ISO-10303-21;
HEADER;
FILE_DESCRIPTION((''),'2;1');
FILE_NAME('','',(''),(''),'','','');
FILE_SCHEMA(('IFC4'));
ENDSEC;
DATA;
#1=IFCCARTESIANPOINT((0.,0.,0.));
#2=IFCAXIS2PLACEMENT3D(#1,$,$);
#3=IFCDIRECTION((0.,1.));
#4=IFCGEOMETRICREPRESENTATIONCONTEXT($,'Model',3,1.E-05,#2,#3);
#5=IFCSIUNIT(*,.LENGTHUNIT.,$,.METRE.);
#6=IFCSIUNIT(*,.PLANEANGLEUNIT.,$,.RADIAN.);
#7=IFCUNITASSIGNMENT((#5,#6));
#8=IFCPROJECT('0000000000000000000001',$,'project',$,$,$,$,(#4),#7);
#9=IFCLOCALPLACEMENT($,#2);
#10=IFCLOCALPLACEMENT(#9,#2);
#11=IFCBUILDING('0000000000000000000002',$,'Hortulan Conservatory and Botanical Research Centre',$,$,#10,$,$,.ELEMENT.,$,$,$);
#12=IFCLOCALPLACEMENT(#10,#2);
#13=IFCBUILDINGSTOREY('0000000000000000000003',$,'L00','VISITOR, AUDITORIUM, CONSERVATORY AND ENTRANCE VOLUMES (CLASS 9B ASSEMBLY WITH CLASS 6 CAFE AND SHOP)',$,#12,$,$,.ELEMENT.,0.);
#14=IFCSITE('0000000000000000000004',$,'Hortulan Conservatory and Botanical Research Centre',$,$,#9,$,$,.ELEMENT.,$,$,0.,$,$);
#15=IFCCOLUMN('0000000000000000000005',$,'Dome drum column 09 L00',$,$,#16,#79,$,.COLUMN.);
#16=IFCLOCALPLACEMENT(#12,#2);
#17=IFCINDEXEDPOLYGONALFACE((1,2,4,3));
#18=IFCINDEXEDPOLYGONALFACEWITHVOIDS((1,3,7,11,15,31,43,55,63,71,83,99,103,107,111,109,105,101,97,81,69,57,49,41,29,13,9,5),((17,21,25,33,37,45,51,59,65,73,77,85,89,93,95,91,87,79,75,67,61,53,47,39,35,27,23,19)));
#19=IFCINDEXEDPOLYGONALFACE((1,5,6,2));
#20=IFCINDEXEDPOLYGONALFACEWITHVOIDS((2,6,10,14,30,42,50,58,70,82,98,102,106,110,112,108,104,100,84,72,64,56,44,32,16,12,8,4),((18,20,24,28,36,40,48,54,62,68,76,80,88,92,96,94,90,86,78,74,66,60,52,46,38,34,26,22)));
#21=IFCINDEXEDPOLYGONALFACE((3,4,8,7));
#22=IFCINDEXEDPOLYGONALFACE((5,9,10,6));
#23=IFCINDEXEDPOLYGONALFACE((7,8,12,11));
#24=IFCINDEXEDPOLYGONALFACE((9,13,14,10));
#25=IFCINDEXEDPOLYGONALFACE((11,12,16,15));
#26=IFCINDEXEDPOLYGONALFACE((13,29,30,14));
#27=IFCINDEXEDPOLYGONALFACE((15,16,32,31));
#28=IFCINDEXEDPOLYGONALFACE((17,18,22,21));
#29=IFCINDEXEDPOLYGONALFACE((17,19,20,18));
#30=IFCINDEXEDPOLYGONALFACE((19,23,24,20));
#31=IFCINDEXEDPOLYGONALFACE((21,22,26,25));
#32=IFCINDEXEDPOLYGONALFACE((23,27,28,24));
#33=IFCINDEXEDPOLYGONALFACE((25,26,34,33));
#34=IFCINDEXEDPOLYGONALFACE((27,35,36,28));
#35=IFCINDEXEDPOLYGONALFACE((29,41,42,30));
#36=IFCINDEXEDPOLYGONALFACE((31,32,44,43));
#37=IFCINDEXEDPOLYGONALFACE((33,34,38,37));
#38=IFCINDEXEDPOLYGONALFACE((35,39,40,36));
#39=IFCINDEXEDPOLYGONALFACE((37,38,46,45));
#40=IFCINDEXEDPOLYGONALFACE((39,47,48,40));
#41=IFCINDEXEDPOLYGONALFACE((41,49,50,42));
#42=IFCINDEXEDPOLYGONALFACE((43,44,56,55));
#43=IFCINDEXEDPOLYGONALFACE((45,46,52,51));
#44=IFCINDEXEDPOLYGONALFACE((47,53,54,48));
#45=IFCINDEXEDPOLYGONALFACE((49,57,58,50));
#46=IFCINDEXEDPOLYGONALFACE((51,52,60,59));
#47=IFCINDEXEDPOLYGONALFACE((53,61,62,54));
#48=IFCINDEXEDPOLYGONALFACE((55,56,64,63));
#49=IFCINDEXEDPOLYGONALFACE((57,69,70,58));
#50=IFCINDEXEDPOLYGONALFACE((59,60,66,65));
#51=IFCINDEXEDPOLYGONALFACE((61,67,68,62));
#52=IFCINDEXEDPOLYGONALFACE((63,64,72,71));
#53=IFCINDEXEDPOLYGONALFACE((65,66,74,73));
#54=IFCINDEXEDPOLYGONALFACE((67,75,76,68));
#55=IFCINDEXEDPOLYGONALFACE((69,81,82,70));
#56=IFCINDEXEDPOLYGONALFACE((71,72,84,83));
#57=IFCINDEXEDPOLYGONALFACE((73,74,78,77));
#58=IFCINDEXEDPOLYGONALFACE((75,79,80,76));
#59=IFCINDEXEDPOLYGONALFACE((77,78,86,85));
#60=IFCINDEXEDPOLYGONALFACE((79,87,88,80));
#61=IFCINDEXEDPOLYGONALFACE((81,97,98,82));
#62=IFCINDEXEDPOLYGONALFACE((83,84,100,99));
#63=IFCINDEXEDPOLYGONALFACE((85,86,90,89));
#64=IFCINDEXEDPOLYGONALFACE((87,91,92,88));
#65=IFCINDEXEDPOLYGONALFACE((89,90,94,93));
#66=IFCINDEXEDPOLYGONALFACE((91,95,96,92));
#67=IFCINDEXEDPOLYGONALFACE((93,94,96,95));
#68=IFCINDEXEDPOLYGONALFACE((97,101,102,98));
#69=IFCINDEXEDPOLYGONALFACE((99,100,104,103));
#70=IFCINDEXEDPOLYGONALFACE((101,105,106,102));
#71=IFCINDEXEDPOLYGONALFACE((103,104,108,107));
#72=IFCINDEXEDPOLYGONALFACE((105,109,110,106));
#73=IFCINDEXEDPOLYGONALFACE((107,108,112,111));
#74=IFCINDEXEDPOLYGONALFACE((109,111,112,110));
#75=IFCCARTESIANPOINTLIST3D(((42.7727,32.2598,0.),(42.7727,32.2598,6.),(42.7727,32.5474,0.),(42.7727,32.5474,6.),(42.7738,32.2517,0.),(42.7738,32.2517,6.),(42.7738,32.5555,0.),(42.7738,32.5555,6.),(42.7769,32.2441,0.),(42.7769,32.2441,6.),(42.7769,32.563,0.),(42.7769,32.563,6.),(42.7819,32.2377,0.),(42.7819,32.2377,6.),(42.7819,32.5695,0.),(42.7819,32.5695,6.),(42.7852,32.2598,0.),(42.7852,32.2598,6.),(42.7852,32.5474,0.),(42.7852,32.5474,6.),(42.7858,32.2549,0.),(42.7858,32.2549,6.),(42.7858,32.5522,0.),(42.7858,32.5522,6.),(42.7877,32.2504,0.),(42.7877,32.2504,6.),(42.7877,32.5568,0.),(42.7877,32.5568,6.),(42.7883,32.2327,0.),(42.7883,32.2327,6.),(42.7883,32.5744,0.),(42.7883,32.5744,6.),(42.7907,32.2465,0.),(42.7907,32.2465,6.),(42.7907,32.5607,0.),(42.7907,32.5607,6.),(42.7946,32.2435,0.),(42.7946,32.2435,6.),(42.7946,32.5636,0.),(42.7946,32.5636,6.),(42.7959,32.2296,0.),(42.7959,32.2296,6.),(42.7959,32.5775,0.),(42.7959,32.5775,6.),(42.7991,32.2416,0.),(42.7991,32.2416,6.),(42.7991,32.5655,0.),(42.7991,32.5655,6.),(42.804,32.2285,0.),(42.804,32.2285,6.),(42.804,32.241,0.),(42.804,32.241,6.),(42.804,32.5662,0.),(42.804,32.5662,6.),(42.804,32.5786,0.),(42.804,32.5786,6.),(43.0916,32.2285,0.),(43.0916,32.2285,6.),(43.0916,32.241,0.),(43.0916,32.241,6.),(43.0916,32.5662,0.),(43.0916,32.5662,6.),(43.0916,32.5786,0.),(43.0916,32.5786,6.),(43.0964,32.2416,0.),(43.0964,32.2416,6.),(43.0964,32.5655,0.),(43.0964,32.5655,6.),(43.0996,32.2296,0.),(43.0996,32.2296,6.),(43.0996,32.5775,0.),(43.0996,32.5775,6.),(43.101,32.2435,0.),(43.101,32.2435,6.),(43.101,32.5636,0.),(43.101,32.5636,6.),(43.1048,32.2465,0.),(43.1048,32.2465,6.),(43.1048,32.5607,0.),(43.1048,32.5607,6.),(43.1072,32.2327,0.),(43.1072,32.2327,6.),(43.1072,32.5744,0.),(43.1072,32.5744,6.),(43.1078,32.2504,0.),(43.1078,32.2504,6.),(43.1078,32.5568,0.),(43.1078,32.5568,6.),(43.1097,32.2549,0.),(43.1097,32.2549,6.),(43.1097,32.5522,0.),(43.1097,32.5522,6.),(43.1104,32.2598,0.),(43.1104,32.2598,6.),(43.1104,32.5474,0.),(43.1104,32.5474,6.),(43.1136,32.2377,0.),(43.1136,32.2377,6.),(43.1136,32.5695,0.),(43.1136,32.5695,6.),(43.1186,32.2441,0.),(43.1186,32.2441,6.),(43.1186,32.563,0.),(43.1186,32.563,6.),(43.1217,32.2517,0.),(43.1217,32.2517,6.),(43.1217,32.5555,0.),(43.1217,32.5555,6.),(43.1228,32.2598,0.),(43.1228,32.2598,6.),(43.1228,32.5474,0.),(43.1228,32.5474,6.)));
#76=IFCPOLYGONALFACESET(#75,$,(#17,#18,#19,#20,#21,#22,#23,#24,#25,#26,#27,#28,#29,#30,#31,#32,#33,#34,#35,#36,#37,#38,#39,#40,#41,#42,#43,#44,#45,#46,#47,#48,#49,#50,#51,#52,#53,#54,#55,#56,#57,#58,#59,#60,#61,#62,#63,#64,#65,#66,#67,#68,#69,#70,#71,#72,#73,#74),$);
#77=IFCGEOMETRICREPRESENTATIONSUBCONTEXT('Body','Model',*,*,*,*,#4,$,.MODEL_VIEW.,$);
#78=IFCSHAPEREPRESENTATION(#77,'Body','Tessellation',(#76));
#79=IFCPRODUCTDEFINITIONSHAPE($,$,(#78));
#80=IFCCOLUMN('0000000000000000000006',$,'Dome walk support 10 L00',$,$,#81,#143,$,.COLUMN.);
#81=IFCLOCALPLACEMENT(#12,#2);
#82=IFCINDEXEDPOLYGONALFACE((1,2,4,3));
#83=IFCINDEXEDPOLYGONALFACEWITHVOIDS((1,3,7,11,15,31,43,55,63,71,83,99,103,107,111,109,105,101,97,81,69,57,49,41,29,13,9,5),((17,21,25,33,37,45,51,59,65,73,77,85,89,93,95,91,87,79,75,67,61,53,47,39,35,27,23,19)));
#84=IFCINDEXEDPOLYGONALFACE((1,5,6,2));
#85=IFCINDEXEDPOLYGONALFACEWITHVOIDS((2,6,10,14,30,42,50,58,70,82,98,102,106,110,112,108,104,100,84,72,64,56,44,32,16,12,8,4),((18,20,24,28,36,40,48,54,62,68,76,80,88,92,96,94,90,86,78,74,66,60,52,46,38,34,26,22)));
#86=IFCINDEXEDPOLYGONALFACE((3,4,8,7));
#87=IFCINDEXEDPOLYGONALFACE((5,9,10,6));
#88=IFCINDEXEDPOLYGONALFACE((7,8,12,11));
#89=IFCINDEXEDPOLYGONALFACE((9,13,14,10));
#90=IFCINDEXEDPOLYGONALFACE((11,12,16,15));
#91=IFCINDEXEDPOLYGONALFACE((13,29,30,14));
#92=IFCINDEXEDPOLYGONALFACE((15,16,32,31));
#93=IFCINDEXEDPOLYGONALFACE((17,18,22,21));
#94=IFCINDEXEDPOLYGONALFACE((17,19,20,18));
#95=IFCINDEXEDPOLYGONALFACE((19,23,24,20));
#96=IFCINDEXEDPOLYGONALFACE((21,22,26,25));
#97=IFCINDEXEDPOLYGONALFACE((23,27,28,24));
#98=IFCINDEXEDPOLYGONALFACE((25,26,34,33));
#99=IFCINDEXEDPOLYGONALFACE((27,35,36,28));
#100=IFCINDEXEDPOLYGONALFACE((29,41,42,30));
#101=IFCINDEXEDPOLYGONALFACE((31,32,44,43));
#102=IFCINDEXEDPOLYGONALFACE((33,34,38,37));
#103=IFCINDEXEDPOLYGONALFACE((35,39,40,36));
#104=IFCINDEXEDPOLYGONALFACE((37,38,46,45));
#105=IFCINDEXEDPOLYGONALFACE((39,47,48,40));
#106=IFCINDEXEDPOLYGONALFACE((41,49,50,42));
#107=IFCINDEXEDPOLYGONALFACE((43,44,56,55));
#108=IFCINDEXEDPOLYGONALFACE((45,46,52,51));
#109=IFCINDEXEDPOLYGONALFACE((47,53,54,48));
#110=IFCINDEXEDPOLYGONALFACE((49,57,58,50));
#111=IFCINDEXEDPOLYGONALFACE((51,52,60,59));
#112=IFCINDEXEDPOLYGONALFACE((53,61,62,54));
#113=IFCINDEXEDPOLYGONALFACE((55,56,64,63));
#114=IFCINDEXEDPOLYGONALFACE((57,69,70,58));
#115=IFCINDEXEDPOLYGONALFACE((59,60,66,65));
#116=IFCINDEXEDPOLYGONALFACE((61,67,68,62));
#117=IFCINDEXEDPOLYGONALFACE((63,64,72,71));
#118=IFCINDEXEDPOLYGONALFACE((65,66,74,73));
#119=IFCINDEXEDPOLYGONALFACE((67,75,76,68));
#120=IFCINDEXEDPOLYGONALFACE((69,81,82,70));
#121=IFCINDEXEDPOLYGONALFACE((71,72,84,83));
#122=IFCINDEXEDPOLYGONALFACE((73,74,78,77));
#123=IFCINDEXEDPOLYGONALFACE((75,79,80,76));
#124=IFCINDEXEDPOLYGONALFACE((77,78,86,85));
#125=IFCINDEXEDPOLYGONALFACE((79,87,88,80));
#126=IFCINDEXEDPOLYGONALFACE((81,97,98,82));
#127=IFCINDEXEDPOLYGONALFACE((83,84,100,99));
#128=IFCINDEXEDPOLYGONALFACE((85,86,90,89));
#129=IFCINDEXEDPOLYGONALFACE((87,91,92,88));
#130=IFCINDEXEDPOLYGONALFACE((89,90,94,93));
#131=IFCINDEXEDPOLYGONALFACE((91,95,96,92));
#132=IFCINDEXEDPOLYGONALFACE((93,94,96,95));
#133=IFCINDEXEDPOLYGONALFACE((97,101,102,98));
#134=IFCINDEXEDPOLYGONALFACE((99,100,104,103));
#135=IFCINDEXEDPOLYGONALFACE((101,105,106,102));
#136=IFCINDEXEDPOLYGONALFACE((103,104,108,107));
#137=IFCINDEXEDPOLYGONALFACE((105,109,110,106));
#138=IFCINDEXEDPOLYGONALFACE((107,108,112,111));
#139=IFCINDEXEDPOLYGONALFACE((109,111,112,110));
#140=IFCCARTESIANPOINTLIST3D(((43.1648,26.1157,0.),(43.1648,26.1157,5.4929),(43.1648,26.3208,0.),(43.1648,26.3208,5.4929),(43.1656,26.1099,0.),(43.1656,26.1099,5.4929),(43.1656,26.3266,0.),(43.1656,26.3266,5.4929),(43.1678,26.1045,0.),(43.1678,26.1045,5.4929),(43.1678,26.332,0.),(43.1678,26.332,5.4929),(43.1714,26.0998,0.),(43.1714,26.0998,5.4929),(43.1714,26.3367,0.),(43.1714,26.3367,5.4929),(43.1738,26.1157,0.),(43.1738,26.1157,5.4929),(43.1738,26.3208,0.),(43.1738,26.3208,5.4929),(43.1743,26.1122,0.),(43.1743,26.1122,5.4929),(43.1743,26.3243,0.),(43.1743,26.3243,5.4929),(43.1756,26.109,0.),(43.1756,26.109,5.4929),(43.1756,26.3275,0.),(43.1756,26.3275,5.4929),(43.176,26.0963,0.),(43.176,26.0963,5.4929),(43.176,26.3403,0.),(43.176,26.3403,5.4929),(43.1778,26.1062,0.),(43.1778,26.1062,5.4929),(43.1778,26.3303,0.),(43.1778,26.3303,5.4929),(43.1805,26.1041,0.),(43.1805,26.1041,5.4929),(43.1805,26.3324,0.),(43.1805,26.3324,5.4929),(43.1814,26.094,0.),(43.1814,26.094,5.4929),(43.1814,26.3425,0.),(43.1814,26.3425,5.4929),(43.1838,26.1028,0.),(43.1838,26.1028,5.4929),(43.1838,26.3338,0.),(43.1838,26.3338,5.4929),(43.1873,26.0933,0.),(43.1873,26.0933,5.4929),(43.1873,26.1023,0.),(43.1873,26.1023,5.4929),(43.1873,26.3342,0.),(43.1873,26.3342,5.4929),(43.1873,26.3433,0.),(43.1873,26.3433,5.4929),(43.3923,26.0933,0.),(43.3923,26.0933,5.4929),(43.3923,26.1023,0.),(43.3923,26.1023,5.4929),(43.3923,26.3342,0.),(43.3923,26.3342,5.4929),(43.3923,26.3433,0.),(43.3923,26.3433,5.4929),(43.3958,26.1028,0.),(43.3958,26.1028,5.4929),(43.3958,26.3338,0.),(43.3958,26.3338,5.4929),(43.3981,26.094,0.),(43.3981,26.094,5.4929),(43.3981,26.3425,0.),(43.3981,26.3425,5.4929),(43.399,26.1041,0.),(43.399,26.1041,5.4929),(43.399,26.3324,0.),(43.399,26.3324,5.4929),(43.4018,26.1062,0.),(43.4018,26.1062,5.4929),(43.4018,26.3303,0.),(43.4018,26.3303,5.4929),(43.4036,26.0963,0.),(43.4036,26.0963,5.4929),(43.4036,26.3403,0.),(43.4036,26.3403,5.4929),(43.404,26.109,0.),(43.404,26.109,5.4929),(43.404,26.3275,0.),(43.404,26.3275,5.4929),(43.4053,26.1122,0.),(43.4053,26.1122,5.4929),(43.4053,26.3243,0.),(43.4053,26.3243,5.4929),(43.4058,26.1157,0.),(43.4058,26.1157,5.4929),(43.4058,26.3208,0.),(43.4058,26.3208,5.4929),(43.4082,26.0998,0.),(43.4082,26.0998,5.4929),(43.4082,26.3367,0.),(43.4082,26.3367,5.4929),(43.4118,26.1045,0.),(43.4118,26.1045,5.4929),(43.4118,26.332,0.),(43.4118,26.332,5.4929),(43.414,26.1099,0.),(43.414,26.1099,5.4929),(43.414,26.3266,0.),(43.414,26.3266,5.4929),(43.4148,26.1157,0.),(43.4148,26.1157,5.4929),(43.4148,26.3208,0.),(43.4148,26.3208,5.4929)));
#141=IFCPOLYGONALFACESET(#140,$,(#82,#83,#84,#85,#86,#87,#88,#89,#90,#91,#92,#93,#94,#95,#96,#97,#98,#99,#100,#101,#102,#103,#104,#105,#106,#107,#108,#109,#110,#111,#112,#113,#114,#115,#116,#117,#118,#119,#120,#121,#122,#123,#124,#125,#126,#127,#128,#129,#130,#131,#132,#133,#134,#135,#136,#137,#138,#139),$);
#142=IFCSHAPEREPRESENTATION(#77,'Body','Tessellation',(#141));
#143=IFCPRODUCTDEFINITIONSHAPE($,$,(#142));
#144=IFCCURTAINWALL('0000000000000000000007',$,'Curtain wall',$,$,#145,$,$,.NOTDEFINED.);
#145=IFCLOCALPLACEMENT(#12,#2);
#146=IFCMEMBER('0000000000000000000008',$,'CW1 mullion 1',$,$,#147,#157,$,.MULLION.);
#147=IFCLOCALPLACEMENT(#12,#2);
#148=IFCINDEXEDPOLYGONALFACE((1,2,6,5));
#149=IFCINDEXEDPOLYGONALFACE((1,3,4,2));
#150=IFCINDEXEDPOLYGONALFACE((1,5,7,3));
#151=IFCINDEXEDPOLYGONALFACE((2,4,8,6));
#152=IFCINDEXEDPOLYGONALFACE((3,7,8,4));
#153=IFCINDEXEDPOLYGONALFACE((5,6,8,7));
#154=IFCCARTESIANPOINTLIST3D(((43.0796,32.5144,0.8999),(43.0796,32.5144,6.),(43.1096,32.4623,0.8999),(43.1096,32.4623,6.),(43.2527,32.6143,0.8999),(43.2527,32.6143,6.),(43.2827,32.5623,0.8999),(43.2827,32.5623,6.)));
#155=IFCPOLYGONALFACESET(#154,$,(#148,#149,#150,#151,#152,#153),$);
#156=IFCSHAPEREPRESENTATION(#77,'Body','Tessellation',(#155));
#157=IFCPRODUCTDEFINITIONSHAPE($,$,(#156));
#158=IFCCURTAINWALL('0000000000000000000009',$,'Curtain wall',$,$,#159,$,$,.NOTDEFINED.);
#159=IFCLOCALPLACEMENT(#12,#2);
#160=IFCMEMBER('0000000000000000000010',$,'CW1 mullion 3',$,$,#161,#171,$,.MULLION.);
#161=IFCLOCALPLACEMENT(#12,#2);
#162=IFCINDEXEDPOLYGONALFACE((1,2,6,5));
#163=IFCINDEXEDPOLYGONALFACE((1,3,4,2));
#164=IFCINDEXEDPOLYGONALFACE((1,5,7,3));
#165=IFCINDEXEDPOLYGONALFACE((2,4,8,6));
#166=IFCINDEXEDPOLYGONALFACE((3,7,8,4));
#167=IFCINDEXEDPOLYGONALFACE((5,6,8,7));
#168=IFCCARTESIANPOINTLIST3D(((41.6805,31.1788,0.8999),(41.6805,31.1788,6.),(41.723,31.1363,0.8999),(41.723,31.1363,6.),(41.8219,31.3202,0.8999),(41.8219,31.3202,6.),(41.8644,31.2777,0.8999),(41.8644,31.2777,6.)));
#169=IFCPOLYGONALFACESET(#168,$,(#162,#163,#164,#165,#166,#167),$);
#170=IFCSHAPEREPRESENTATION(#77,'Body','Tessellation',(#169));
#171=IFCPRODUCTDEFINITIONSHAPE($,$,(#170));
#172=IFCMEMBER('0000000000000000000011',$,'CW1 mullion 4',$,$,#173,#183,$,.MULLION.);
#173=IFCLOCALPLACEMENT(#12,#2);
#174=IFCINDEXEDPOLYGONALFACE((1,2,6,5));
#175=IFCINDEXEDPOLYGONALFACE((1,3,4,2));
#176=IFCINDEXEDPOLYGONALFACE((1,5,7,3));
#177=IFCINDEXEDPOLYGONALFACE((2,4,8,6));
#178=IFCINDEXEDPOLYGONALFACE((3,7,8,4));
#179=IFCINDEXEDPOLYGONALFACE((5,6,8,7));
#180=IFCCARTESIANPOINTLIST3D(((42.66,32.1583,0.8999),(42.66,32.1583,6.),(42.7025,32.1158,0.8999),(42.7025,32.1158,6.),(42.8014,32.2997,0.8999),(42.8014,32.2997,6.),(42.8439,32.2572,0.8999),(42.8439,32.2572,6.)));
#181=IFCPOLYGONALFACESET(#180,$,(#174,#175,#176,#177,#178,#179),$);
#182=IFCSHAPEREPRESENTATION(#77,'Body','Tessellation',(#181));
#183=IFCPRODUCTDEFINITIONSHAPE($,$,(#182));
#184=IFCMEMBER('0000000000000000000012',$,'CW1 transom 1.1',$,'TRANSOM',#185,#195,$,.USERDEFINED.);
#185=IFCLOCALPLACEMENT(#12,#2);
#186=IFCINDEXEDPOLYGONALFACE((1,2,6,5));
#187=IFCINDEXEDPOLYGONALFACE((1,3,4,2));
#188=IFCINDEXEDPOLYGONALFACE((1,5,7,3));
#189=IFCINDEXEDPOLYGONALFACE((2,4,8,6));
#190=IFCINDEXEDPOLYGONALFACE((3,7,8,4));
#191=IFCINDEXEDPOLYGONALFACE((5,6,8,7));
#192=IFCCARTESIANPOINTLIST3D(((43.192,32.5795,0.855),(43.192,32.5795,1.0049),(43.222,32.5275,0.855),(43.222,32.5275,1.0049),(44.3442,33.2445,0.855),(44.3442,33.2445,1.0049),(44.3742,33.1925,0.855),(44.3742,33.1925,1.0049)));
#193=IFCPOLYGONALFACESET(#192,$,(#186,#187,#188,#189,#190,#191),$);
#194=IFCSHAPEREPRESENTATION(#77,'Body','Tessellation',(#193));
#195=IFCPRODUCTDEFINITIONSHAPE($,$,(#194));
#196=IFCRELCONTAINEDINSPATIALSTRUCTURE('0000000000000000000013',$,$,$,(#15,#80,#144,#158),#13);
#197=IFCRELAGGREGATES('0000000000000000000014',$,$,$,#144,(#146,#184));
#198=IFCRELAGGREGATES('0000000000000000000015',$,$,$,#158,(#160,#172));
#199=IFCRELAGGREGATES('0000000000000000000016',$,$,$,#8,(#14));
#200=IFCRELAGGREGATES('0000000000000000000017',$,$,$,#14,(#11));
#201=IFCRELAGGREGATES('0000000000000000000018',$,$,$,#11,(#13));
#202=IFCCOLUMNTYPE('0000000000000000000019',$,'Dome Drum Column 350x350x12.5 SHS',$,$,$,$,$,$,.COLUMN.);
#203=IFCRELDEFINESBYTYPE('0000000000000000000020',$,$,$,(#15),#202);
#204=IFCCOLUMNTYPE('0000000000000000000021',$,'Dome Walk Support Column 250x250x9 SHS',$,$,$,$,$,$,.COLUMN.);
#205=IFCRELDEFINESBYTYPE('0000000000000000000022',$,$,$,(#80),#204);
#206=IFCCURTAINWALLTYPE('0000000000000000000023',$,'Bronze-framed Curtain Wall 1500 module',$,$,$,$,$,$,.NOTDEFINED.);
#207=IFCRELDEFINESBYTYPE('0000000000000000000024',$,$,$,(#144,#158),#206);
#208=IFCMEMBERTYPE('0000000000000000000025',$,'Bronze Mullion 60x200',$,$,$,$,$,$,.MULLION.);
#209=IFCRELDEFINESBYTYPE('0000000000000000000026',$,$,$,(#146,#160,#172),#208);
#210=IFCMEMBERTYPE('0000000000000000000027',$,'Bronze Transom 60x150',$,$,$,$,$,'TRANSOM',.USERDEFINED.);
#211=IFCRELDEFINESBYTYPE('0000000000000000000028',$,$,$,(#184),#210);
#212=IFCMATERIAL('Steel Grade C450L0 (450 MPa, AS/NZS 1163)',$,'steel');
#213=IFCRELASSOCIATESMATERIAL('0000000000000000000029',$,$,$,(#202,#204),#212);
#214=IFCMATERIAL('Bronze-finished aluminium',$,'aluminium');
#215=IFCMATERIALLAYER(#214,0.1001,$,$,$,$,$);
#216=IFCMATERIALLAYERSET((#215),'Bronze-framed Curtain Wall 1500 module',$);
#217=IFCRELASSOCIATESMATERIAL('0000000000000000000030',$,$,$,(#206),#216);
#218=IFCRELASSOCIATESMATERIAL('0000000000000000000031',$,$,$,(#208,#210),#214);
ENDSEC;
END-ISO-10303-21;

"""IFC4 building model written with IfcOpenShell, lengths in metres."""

from ifc_helpers import new_model, si_unit, direction, frame, origin, origin_2d, place, context, subcontext, project, spatial, rectangle, hollow_rectangle, extrude, material, layer, layer_set, material_profile, profile_set, type_object, element, aggregate, save


model = new_model("IFC4")

# Units and contexts
model_context = context("Model", 3, precision=1e-05, world=origin(), true_north=direction((0.0, 1.0)))
body_context = subcontext(model_context, "Body", "Model", "MODEL_VIEW")
ifc_project = project(units=[si_unit("LENGTHUNIT", "METRE"), si_unit("PLANEANGLEUNIT", "RADIAN")], contexts=[model_context])

# Site, building, storey
site_placement = place(None, origin())
site = spatial("IfcSite", under=ifc_project, at=site_placement, Name="Hortulan Conservatory and Botanical Research Centre", CompositionType="ELEMENT", RefElevation=0.0)
building_placement = place(site_placement, origin())
building = spatial("IfcBuilding", under=site, at=building_placement, Name="Hortulan Conservatory and Botanical Research Centre", CompositionType="ELEMENT")
storey_placement = place(building_placement, origin())
storey = spatial("IfcBuildingStorey", under=building, at=storey_placement, Name="L00", Description="VISITOR, AUDITORIUM, CONSERVATORY AND ENTRANCE VOLUMES (CLASS 9B ASSEMBLY WITH CLASS 6 CAFE AND SHOP)", CompositionType="ELEMENT", Elevation=0.0)

# Columns
ifc_material_1 = material(Name="Steel Grade C450L0 (450 MPa, AS/NZS 1163)", Category="steel")
ifc_material_profile_1 = material_profile(ifc_material_1, hollow_rectangle(XDim=0.3501, YDim=0.3501, WallThickness=0.0125, InnerFilletRadius=0.0188, OuterFilletRadius=0.0312, at=origin_2d()), Name="350x350x12.5SHS")
ifc_profile_set_1 = profile_set([ifc_material_profile_1], Name="Steel Grade C450L0 (450 MPa, AS/NZS 1163)")
column_type_1 = type_object("IfcColumnType", Name="Dome Drum Column 350x350x12.5 SHS", PredefinedType="COLUMN", material=ifc_profile_set_1)
column_1_placement = place(storey_placement, frame((42.9478, 32.4036, 0.0), z_axis=(0.0, 0.0, 1.0), x_axis=(1.0, 0.0, 0.0)))
element("IfcColumn", 1, at=column_1_placement, inside=storey, type_object=column_type_1, Name="Dome drum column 09 L00", PredefinedType="COLUMN", context=body_context, shape_type="SweptSolid", body=[
    extrude(hollow_rectangle(XDim=0.3501, YDim=0.3501, WallThickness=0.0125, InnerFilletRadius=0.0188, OuterFilletRadius=0.0312, at=origin_2d()), origin(), (0.0, 0.0, 1.0), 6.0),
])
ifc_material_profile_2 = material_profile(ifc_material_1, hollow_rectangle(XDim=0.25, YDim=0.25, WallThickness=0.009, InnerFilletRadius=0.0134, OuterFilletRadius=0.0225, at=origin_2d()), Name="250x250x9SHS")
ifc_profile_set_2 = profile_set([ifc_material_profile_2], Name="Steel Grade C450L0 (450 MPa, AS/NZS 1163)")
column_type_2 = type_object("IfcColumnType", Name="Dome Walk Support Column 250x250x9 SHS", PredefinedType="COLUMN", material=ifc_profile_set_2)
column_2_placement = place(storey_placement, frame((43.2898, 26.2183, 0.0), z_axis=(0.0, 0.0, 1.0), x_axis=(1.0, 0.0, 0.0)))
element("IfcColumn", 2, at=column_2_placement, inside=storey, type_object=column_type_2, Name="Dome walk support 10 L00", PredefinedType="COLUMN", context=body_context, shape_type="SweptSolid", body=[
    extrude(hollow_rectangle(XDim=0.25, YDim=0.25, WallThickness=0.009, InnerFilletRadius=0.0134, OuterFilletRadius=0.0225, at=origin_2d()), origin(), (0.0, 0.0, 1.0), 5.4929),
])

# Curtain wall, member
ifc_material_2 = material(Name="Bronze-finished aluminium", Category="aluminium")
ifc_layer_1 = layer(ifc_material_2, 0.1001)
ifc_layer_set_1 = layer_set([ifc_layer_1], Name="Bronze-framed Curtain Wall 1500 module")
curtain_wall_type = type_object("IfcCurtainWallType", Name="Bronze-framed Curtain Wall 1500 module", PredefinedType="NOTDEFINED", material=ifc_layer_set_1)
curtain_wall_1_placement = place(storey_placement, origin())
curtain_wall_1 = element("IfcCurtainWall", 3, at=curtain_wall_1_placement, inside=storey, type_object=curtain_wall_type, Name="Curtain wall", PredefinedType="NOTDEFINED")
ifc_material_profile_3 = material_profile(ifc_material_2, rectangle(XDim=0.0601, YDim=0.2, at=origin_2d()), Name="Bronze Mullion 60x200")
ifc_profile_set_3 = profile_set([ifc_material_profile_3], Name="Bronze-finished aluminium")
member_type_1 = type_object("IfcMemberType", Name="Bronze Mullion 60x200", PredefinedType="MULLION", material=ifc_profile_set_3)
member_1_placement = place(storey_placement, frame((43.1812, 32.5383, 0.8999), z_axis=(0.0, 0.0, 1.0), x_axis=(-0.499981, 0.866036, 0.0)))
member_1 = element("IfcMember", 4, at=member_1_placement, type_object=member_type_1, Name="CW1 mullion 1", PredefinedType="MULLION", context=body_context, shape_type="SweptSolid", body=[
    extrude(rectangle(XDim=0.0601, YDim=0.2, at=origin_2d()), origin(), (0.0, 0.0, 1.0), 5.1001),
])

# Curtain wall, members
curtain_wall_2_placement = place(storey_placement, origin())
curtain_wall_2 = element("IfcCurtainWall", 5, at=curtain_wall_2_placement, inside=storey, type_object=curtain_wall_type, Name="Curtain wall", PredefinedType="NOTDEFINED")
member_2_placement = place(storey_placement, frame((41.7725, 31.2283, 0.8999), z_axis=(0.0, 0.0, 1.0), x_axis=(-0.707119, 0.707095, 0.0)))
member_2 = element("IfcMember", 6, at=member_2_placement, type_object=member_type_1, Name="CW1 mullion 3", PredefinedType="MULLION", context=body_context, shape_type="SweptSolid", body=[
    extrude(rectangle(XDim=0.0601, YDim=0.2, at=origin_2d()), origin(), (0.0, 0.0, 1.0), 5.1001),
])
member_3_placement = place(storey_placement, frame((42.752, 32.2078, 0.8999), z_axis=(0.0, 0.0, 1.0), x_axis=(-0.707119, 0.707095, 0.0)))
member_3 = element("IfcMember", 7, at=member_3_placement, type_object=member_type_1, Name="CW1 mullion 4", PredefinedType="MULLION", context=body_context, shape_type="SweptSolid", body=[
    extrude(rectangle(XDim=0.0601, YDim=0.2, at=origin_2d()), origin(), (0.0, 0.0, 1.0), 5.1001),
])

# Member
ifc_material_profile_4 = material_profile(ifc_material_2, rectangle(XDim=0.0601, YDim=0.1499, at=origin_2d()), Name="Bronze Transom 60x150")
ifc_profile_set_4 = profile_set([ifc_material_profile_4], Name="Bronze-finished aluminium")
member_type_2 = type_object("IfcMemberType", Name="Bronze Transom 60x150", ElementType="TRANSOM", PredefinedType="USERDEFINED", material=ifc_profile_set_4)
member_4_placement = place(storey_placement, frame((43.207, 32.5535, 0.9299), z_axis=(0.866066, 0.499929, 0.0), x_axis=(-0.499929, 0.866066, 0.0)))
member_4 = element("IfcMember", 8, at=member_4_placement, type_object=member_type_2, Name="CW1 transom 1.1", ObjectType="TRANSOM", PredefinedType="USERDEFINED", context=body_context, shape_type="SweptSolid", body=[
    extrude(rectangle(XDim=0.0601, YDim=0.1499, at=origin_2d()), origin(), (0.0, 0.0, 1.0), 1.3303),
])

aggregate(curtain_wall_1, [member_1, member_4])
aggregate(curtain_wall_2, [member_2, member_3])

save(model, "model.ifc")
